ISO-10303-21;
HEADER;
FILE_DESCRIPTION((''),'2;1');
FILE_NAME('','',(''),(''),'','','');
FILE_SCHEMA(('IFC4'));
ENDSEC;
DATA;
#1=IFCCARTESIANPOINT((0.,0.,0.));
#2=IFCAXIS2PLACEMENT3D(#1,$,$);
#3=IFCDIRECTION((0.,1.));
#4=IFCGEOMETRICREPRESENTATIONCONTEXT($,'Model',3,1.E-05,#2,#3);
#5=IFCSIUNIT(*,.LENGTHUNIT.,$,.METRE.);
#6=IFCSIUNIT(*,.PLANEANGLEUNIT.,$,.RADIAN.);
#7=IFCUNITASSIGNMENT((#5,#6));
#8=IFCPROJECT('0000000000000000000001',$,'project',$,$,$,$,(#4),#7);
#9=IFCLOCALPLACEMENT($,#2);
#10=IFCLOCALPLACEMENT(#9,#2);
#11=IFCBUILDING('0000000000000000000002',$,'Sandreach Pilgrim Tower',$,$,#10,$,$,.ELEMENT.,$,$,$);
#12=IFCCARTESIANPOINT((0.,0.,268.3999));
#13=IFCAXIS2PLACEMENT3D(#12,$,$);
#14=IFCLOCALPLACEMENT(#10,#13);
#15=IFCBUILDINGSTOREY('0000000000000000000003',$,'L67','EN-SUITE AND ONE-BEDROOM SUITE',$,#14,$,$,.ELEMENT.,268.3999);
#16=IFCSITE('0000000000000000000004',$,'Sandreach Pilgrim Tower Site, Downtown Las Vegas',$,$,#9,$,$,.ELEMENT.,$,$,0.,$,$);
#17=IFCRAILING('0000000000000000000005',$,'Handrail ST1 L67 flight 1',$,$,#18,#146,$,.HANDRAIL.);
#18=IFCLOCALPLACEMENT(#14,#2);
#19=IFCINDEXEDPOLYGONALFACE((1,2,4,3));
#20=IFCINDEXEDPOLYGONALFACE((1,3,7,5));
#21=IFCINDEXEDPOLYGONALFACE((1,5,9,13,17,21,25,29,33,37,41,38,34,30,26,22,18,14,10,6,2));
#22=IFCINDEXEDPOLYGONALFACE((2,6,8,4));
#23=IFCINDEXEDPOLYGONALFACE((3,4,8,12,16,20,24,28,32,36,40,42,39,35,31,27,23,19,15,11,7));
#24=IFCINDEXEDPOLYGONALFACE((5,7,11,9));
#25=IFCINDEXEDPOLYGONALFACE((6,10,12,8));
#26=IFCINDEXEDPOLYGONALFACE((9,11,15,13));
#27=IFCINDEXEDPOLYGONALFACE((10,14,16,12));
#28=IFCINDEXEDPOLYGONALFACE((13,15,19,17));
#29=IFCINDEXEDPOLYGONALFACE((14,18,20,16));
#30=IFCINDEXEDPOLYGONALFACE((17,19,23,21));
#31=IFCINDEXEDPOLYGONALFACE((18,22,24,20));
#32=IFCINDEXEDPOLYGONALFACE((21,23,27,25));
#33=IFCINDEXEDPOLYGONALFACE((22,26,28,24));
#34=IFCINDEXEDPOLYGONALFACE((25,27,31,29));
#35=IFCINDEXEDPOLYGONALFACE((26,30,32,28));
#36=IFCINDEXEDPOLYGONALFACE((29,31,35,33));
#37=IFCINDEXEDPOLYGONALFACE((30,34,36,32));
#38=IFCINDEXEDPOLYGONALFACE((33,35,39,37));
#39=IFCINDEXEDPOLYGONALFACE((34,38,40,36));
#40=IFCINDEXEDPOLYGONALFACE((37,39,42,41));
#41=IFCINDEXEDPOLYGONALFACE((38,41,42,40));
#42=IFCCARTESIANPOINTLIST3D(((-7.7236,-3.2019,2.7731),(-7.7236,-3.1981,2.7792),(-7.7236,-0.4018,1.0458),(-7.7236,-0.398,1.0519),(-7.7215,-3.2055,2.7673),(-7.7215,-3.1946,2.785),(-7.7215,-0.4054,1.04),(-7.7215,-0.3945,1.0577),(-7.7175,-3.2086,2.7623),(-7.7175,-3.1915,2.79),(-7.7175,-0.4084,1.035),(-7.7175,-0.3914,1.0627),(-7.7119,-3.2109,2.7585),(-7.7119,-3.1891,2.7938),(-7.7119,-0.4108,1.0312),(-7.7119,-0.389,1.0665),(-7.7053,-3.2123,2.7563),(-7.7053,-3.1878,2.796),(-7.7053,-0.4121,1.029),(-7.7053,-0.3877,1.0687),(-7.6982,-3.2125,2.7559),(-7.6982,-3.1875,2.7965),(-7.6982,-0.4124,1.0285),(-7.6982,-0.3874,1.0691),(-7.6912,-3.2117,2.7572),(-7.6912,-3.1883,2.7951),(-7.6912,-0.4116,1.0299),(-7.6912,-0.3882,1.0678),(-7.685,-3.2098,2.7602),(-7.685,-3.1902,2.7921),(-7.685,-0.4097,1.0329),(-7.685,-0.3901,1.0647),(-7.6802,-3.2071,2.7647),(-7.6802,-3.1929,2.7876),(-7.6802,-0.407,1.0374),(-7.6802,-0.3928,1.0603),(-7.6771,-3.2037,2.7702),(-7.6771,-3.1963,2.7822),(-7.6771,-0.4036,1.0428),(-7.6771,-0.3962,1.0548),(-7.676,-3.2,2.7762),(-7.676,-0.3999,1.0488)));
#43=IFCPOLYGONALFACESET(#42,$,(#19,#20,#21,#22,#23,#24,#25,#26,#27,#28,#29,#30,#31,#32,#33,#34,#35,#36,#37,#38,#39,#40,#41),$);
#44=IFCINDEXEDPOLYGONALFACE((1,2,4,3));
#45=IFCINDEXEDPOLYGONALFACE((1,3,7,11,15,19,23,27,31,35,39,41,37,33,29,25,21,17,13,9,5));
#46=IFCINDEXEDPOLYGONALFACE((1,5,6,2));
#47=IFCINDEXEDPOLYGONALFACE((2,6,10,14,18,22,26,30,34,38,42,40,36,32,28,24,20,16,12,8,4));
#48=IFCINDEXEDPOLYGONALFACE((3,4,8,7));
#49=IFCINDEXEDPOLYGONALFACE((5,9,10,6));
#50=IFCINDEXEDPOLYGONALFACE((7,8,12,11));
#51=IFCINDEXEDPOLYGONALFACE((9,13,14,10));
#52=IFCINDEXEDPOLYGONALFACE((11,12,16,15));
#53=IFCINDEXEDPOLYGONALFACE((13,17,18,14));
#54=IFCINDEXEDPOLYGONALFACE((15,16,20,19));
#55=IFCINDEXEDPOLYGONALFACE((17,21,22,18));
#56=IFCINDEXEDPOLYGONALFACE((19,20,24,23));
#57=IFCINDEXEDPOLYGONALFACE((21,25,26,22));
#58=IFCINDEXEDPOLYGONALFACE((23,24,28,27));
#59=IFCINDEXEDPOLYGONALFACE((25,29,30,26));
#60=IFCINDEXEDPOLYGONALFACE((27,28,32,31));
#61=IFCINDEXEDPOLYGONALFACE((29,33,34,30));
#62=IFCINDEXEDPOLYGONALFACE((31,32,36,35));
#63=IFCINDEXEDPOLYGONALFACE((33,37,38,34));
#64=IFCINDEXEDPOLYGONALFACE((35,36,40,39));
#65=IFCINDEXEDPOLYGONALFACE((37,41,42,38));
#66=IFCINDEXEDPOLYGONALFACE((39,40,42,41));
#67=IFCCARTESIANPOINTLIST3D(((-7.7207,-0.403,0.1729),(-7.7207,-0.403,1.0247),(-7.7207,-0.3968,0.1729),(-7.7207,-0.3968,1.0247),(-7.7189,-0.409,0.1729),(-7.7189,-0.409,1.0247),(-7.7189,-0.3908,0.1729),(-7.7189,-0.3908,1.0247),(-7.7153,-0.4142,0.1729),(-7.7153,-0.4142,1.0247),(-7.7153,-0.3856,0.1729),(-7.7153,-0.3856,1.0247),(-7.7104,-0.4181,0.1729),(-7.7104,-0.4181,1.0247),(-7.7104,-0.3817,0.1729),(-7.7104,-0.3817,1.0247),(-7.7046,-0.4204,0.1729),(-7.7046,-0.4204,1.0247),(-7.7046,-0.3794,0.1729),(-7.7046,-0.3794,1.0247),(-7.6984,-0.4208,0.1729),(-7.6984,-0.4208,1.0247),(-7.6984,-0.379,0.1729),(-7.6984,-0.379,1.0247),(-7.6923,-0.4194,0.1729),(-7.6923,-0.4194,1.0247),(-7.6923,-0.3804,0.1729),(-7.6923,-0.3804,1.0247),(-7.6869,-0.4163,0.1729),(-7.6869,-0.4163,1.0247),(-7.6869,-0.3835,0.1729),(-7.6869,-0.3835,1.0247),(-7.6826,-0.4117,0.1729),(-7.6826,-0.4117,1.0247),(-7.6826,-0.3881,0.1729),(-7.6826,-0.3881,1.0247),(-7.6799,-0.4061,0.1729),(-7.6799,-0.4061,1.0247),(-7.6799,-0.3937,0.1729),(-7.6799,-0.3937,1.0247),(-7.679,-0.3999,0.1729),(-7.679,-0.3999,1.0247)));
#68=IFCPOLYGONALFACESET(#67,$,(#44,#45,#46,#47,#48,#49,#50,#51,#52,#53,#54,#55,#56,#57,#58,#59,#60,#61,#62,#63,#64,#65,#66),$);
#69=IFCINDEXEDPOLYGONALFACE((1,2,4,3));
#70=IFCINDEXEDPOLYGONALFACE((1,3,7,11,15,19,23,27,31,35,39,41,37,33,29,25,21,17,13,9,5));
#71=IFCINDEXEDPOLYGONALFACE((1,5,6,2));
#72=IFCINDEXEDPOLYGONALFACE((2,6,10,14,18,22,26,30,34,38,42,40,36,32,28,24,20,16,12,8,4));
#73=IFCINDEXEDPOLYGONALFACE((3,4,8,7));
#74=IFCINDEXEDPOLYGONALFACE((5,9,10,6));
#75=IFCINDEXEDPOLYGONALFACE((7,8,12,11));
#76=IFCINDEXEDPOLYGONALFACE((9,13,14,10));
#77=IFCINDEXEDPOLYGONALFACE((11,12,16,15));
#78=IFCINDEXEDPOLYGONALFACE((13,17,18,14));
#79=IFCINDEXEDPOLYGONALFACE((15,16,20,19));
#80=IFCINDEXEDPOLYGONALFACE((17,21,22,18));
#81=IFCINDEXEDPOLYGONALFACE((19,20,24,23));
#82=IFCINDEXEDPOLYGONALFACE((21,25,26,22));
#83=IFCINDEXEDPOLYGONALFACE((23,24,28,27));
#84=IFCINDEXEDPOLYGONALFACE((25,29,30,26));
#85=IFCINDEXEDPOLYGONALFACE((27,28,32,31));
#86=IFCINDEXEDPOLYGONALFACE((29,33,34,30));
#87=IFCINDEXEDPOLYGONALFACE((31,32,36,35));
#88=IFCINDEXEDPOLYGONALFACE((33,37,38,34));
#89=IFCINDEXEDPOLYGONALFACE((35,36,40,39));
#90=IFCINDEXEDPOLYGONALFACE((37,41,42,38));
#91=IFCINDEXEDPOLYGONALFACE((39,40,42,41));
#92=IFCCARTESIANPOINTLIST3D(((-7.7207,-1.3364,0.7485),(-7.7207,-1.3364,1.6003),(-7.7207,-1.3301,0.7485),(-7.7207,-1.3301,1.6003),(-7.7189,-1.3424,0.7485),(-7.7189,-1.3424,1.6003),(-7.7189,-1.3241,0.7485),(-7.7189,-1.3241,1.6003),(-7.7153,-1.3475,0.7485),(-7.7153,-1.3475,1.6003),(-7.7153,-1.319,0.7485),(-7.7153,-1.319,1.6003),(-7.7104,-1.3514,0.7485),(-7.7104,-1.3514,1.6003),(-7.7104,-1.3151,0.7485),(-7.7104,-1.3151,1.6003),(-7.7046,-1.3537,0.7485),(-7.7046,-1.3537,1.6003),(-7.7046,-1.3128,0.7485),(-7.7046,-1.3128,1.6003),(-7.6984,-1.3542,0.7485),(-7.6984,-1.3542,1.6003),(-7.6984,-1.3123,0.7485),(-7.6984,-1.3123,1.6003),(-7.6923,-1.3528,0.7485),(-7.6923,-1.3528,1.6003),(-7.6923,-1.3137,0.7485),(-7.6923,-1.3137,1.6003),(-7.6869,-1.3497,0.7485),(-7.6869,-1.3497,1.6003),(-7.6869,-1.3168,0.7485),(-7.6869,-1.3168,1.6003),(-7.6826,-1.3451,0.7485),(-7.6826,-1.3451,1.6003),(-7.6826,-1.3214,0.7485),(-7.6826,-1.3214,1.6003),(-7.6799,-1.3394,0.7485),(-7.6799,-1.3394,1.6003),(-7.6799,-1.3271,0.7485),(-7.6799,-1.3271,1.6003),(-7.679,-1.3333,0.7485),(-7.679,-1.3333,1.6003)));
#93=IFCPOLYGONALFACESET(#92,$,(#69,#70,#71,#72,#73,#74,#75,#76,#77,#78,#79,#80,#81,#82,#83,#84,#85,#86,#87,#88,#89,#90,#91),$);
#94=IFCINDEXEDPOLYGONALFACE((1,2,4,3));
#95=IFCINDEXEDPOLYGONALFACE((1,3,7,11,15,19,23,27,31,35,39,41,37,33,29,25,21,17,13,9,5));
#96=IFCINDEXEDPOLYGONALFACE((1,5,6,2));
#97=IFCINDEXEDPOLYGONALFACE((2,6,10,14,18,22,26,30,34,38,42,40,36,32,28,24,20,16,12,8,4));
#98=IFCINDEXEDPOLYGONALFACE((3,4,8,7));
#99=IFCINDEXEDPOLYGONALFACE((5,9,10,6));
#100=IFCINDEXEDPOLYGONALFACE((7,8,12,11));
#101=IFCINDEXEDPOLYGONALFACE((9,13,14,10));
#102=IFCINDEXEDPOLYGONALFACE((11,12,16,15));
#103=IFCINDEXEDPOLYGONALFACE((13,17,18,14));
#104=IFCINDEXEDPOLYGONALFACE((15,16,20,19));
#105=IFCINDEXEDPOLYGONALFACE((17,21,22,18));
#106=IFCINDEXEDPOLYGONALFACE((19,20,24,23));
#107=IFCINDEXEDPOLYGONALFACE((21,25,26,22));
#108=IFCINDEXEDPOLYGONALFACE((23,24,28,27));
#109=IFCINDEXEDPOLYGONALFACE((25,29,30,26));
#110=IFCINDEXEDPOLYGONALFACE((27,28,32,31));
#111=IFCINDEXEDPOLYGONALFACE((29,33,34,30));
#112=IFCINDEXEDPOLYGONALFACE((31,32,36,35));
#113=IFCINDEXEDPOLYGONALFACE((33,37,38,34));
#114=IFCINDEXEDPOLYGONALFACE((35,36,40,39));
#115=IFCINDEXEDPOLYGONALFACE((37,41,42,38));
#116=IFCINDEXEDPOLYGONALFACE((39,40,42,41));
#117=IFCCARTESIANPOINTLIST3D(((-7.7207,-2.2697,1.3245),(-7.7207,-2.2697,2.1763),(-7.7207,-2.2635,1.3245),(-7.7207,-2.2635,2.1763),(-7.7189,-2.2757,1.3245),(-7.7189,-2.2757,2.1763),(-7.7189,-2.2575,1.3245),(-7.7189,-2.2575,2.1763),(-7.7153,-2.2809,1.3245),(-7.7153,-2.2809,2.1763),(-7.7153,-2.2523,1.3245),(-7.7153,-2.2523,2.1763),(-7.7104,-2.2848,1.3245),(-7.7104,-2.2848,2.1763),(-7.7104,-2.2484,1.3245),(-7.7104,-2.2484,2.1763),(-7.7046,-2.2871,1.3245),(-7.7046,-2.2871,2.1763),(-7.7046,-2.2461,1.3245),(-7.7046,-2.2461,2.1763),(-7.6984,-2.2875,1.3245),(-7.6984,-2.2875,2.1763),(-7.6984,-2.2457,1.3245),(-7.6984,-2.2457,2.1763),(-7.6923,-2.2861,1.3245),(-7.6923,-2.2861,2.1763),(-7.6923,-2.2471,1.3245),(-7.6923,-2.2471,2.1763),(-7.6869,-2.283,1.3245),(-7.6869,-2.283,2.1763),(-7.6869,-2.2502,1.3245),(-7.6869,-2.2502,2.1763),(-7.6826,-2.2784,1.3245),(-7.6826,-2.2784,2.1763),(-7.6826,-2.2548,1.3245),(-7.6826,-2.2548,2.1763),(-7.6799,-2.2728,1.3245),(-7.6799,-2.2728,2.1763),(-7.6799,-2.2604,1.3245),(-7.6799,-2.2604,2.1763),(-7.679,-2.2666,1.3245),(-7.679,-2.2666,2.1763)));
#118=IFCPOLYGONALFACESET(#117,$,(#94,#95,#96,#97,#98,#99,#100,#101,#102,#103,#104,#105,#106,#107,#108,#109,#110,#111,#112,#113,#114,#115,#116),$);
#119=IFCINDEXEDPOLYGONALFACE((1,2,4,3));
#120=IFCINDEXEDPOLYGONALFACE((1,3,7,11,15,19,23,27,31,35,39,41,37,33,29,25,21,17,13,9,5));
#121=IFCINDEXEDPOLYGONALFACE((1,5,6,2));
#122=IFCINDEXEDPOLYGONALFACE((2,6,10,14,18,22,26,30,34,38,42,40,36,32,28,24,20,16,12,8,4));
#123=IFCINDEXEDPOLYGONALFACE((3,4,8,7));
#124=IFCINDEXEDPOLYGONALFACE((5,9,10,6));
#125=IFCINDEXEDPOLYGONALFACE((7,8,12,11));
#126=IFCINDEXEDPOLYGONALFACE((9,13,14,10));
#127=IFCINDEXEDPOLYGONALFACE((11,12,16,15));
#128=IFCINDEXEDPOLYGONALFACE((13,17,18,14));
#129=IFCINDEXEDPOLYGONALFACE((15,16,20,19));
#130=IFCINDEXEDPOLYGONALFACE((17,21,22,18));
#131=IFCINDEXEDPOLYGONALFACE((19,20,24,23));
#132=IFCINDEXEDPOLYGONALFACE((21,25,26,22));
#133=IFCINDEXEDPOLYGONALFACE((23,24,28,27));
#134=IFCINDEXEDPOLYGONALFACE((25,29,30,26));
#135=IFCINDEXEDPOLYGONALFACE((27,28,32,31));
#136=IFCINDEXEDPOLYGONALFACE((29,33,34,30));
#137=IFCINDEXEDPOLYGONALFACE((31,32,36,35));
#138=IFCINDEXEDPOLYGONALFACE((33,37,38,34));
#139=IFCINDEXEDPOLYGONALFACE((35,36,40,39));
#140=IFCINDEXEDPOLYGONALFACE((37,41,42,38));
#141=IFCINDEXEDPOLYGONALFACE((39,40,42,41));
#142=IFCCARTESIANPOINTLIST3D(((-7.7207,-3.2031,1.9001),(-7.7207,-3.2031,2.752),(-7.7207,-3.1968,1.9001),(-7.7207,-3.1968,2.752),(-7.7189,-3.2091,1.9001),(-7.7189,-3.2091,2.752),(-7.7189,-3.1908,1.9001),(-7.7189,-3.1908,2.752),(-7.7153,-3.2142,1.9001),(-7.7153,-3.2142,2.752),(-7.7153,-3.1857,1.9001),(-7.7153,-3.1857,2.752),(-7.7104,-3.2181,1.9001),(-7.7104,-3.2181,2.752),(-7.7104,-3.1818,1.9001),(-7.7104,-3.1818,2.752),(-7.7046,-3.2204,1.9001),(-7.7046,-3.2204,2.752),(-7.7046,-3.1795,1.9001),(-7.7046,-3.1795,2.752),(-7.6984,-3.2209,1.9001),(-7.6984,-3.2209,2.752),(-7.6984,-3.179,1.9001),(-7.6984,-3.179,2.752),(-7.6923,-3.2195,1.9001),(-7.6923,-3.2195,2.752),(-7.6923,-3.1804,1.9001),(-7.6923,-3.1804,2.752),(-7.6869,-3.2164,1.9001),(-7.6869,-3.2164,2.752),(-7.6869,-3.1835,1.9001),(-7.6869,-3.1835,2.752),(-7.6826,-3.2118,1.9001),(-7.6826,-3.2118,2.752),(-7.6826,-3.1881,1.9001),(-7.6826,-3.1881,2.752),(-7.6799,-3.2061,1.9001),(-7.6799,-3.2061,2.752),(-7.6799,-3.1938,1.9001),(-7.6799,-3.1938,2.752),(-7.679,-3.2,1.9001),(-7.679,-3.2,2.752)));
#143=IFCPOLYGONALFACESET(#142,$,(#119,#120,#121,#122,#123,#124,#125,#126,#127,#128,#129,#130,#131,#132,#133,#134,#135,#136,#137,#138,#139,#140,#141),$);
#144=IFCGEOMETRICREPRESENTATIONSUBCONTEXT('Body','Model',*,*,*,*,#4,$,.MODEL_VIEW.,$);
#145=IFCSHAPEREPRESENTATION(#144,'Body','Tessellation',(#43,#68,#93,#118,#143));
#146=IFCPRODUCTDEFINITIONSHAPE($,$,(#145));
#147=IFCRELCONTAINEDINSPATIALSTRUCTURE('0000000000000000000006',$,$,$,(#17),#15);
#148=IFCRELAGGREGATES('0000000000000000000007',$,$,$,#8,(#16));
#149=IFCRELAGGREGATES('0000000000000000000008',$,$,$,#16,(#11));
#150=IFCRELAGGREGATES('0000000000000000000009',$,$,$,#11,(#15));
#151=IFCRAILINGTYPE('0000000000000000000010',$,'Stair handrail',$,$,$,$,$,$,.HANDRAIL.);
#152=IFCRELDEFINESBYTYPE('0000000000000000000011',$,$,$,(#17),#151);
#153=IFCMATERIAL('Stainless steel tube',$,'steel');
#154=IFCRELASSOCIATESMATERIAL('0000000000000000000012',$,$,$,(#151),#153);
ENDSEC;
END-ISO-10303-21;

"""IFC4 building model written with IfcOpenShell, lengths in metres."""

from ifc_helpers import new_model, si_unit, direction, frame, origin, origin_2d, place, context, subcontext, project, spatial, circle, extrude, material, type_object, element, save


model = new_model("IFC4")

# Units and contexts
model_context = context("Model", 3, precision=1e-05, world=origin(), true_north=direction((0.0, 1.0)))
body_context = subcontext(model_context, "Body", "Model", "MODEL_VIEW")
ifc_project = project(units=[si_unit("LENGTHUNIT", "METRE"), si_unit("PLANEANGLEUNIT", "RADIAN")], contexts=[model_context])

# Site, building, storey
site_placement = place(None, origin())
site = spatial("IfcSite", under=ifc_project, at=site_placement, Name="Sandreach Pilgrim Tower Site, Downtown Las Vegas", CompositionType="ELEMENT", RefElevation=0.0)
building_placement = place(site_placement, origin())
building = spatial("IfcBuilding", under=site, at=building_placement, Name="Sandreach Pilgrim Tower", CompositionType="ELEMENT")
storey_placement = place(building_placement, frame((0.0, 0.0, 268.3999)))
storey = spatial("IfcBuildingStorey", under=building, at=storey_placement, Name="L67", Description="EN-SUITE AND ONE-BEDROOM SUITE", CompositionType="ELEMENT", Elevation=268.3999)

# Railing
ifc_material_1 = material(Name="Stainless steel tube", Category="steel")
railing_type = type_object("IfcRailingType", Name="Stair handrail", PredefinedType="HANDRAIL", material=ifc_material_1)
railing_placement = place(storey_placement, frame((-7.7, -0.3999, 0.1729)))
element("IfcRailing", 1, at=railing_placement, inside=storey, type_object=railing_type, Name="Handrail ST1 L67 flight 1", PredefinedType="HANDRAIL", context=body_context, shape_type="SweptSolid", body=[
    extrude(circle(Radius=0.0239, at=origin_2d()), frame((0.0, 0.0, 0.876), z_axis=(0.0, -0.85109, 0.52502), x_axis=(1.0, 0.0, 0.0)), (0.0, 0.0, 1.0), 3.29),
    extrude(circle(Radius=0.021, at=origin_2d()), origin(), (0.0, 0.0, 1.0), 0.8518),
    extrude(circle(Radius=0.021, at=origin_2d()), frame((0.0, -0.9333, 0.5757)), (0.0, 0.0, 1.0), 0.8518),
    extrude(circle(Radius=0.021, at=origin_2d()), frame((0.0, -1.8667, 1.1516)), (0.0, 0.0, 1.0), 0.8518),
    extrude(circle(Radius=0.021, at=origin_2d()), frame((0.0, -2.8, 1.7273)), (0.0, 0.0, 1.0), 0.8518),
])

save(model, "model.ifc")
